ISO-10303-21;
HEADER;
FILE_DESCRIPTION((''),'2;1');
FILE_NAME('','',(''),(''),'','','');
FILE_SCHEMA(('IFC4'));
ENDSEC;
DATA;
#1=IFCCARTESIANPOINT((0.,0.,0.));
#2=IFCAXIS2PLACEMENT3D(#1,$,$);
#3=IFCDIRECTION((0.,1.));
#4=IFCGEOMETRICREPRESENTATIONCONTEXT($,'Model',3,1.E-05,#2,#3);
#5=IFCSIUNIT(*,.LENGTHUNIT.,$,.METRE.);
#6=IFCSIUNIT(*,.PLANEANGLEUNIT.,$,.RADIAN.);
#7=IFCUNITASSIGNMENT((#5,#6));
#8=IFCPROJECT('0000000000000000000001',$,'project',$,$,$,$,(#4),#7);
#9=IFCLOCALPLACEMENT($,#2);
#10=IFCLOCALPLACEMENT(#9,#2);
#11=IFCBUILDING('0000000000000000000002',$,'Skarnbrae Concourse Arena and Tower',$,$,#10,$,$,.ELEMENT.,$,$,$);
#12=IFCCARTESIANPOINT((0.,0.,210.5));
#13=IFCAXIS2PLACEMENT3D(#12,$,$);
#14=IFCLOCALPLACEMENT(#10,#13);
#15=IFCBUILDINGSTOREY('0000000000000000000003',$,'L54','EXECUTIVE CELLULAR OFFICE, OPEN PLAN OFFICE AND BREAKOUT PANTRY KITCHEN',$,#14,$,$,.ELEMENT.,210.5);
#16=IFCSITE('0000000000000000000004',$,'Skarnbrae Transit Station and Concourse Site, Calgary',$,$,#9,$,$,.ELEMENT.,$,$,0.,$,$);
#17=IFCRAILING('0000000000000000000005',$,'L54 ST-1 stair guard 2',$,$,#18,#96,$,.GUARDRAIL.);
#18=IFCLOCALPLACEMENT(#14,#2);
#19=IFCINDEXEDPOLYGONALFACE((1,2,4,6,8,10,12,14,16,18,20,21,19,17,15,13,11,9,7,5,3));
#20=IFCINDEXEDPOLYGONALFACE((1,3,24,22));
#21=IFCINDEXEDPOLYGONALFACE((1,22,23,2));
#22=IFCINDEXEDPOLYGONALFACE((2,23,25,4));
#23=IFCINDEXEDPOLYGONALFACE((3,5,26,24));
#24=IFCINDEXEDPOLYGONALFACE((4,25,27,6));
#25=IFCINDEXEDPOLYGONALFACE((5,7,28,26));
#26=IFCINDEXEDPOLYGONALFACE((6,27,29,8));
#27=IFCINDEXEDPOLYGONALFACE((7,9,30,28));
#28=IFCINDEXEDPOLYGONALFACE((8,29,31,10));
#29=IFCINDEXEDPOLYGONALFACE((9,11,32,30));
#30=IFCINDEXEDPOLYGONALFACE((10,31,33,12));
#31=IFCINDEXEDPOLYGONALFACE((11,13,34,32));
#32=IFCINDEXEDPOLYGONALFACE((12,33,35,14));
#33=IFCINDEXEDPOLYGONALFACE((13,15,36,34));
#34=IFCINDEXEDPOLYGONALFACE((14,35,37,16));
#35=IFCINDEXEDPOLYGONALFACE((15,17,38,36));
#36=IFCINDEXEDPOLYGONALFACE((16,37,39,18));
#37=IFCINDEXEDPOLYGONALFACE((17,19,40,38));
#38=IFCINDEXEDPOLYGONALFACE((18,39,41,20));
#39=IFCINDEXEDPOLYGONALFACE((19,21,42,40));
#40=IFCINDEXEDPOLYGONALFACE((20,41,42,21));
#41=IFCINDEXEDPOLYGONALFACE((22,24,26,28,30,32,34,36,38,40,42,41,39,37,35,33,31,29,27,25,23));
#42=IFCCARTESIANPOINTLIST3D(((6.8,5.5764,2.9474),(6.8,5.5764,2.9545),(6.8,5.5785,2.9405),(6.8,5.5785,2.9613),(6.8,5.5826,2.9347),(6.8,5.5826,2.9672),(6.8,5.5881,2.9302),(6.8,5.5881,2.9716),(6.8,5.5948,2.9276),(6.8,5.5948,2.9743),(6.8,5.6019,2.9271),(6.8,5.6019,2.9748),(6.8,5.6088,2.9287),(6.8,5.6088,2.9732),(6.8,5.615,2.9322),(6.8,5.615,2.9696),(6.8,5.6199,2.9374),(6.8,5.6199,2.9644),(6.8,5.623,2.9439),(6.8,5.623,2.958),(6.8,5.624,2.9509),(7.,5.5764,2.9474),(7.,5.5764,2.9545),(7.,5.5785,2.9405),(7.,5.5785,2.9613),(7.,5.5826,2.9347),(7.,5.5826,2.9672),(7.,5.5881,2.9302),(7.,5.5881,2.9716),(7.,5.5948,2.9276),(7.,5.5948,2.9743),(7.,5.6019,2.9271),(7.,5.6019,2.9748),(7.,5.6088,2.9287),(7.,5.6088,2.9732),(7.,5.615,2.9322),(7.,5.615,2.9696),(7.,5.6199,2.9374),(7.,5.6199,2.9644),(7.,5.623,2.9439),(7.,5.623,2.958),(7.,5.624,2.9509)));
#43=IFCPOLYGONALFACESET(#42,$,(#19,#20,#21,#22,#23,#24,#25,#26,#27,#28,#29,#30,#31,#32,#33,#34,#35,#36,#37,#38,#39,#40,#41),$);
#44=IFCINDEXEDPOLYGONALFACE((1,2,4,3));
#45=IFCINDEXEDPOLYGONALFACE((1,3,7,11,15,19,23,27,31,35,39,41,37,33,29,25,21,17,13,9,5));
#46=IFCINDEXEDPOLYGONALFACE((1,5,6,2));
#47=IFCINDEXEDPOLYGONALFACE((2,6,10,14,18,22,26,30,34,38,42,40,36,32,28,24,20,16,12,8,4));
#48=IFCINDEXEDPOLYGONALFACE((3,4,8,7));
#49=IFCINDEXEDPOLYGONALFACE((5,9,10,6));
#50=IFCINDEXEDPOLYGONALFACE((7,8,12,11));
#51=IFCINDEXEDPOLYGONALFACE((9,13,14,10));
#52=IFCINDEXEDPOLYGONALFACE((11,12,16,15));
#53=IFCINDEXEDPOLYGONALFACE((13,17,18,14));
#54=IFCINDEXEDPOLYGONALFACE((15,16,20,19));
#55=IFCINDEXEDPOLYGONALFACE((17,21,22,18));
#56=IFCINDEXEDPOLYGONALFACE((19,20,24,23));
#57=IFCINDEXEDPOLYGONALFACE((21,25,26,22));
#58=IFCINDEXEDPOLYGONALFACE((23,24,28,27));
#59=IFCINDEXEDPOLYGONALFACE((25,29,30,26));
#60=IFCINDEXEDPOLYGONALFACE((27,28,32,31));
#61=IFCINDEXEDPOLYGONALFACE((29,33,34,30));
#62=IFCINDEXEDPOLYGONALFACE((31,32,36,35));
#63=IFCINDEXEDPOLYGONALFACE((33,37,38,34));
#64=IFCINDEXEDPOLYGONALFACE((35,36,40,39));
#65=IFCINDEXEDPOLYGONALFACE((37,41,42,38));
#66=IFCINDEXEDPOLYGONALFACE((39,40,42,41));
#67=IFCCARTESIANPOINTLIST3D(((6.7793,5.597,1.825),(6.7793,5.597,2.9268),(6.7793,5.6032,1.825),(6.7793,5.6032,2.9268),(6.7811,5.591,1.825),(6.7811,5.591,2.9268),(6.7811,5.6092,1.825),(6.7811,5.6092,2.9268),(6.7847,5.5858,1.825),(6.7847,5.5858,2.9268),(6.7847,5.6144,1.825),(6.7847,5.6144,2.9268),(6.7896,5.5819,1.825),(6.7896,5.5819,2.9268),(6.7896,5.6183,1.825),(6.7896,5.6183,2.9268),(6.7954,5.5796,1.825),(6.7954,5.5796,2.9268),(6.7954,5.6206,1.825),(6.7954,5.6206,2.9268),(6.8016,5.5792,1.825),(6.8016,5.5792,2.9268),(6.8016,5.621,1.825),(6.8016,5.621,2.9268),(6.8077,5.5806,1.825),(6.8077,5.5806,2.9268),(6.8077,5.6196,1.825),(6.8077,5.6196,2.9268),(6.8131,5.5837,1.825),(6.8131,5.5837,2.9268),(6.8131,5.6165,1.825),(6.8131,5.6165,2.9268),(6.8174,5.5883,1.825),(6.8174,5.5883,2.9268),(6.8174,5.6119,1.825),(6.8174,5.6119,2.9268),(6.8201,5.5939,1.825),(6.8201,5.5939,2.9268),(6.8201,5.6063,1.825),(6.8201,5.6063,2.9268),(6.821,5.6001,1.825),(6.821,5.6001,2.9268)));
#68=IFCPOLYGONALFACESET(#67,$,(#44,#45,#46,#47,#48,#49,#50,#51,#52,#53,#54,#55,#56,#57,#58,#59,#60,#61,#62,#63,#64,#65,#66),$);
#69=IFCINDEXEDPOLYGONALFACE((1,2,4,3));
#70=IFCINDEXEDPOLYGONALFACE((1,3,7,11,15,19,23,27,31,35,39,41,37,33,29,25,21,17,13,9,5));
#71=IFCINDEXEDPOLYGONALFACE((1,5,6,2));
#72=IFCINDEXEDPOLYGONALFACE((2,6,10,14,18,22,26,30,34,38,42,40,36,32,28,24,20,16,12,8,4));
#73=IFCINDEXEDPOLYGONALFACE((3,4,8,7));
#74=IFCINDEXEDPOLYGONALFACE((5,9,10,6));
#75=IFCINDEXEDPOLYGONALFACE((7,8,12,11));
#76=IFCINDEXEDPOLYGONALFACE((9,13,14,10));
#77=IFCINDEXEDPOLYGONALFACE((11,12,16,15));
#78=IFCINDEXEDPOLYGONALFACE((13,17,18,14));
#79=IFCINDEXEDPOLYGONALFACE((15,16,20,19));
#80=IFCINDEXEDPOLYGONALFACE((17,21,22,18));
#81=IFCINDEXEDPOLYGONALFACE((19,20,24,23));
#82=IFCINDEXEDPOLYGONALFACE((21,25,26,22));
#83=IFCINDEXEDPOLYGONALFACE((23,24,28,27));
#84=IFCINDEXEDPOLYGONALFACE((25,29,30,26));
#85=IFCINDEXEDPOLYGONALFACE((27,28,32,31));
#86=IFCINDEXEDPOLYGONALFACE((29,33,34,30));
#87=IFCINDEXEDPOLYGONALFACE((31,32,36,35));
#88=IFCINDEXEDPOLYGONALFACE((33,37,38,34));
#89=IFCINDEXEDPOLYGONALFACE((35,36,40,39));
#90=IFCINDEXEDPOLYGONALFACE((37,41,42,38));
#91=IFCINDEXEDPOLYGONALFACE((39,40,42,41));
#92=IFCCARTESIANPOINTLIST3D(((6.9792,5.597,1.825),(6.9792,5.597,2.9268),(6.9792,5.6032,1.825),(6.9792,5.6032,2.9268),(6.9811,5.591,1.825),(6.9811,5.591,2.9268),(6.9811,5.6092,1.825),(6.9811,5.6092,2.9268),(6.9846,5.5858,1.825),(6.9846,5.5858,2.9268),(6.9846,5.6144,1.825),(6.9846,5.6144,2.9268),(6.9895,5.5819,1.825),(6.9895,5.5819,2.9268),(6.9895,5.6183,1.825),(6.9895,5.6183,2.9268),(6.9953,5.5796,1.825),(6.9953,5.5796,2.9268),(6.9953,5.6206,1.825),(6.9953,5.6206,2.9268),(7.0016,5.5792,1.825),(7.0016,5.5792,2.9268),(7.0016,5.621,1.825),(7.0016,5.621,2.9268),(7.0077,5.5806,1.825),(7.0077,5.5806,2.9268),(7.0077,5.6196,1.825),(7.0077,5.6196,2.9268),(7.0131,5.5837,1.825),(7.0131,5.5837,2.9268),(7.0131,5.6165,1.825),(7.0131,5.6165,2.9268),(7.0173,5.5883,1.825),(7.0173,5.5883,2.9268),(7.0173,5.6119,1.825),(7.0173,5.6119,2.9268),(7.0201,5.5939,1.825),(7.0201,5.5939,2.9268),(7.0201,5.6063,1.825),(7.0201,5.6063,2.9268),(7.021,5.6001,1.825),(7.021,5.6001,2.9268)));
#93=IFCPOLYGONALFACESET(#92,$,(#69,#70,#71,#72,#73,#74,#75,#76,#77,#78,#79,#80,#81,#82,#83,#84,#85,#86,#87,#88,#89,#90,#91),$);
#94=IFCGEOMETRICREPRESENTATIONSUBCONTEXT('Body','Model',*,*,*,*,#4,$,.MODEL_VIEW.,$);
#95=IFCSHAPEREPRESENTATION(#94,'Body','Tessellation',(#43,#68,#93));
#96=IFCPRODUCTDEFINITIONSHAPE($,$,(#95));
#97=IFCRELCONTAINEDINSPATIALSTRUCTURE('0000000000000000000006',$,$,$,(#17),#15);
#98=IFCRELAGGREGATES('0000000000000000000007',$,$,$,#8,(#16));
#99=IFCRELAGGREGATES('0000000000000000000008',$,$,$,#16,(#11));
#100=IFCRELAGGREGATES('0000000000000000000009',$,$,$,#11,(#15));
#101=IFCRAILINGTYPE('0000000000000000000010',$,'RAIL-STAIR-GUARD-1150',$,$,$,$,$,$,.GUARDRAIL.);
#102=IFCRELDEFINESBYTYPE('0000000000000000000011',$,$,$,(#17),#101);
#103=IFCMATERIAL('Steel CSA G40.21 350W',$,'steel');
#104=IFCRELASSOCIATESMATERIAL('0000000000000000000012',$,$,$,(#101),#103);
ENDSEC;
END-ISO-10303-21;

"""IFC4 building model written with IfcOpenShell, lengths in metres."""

from ifc_helpers import new_model, si_unit, direction, frame, origin, origin_2d, place, context, subcontext, project, spatial, circle, extrude, material, type_object, element, save


model = new_model("IFC4")

# Units and contexts
model_context = context("Model", 3, precision=1e-05, world=origin(), true_north=direction((0.0, 1.0)))
body_context = subcontext(model_context, "Body", "Model", "MODEL_VIEW")
ifc_project = project(units=[si_unit("LENGTHUNIT", "METRE"), si_unit("PLANEANGLEUNIT", "RADIAN")], contexts=[model_context])

# Site, building, storey
site_placement = place(None, origin())
site = spatial("IfcSite", under=ifc_project, at=site_placement, Name="Skarnbrae Transit Station and Concourse Site, Calgary", CompositionType="ELEMENT", RefElevation=0.0)
building_placement = place(site_placement, origin())
building = spatial("IfcBuilding", under=site, at=building_placement, Name="Skarnbrae Concourse Arena and Tower", CompositionType="ELEMENT")
storey_placement = place(building_placement, frame((0.0, 0.0, 210.5)))
storey = spatial("IfcBuildingStorey", under=building, at=storey_placement, Name="L54", Description="EXECUTIVE CELLULAR OFFICE, OPEN PLAN OFFICE AND BREAKOUT PANTRY KITCHEN", CompositionType="ELEMENT", Elevation=210.5)

# Shared definitions
ifc_material_1 = material(Name="Steel CSA G40.21 350W", Category="steel")

# Railing
railing_type_1 = type_object("IfcRailingType", Name="RAIL-STAIR-GUARD-1150", PredefinedType="GUARDRAIL", material=ifc_material_1)
railing_1_placement = place(storey_placement, frame((6.8, 5.6001, 1.825)))
element("IfcRailing", 1, at=railing_1_placement, inside=storey, type_object=railing_type_1, Name="L54 ST-1 stair guard 2", PredefinedType="GUARDRAIL", context=body_context, shape_type="SweptSolid", body=[
    extrude(circle(Radius=0.0239, at=origin_2d()), frame((0.0, 0.0, 1.126), z_axis=(1.0, 0.0, 0.0), x_axis=(0.0, 1.0, 0.0)), (0.0, 0.0, 1.0), 0.2),
    extrude(circle(Radius=0.021, at=origin_2d()), origin(), (0.0, 0.0, 1.0), 1.1018),
    extrude(circle(Radius=0.021, at=origin_2d()), frame((0.2, 0.0, 0.0)), (0.0, 0.0, 1.0), 1.1018),
])

save(model, "model.ifc")
